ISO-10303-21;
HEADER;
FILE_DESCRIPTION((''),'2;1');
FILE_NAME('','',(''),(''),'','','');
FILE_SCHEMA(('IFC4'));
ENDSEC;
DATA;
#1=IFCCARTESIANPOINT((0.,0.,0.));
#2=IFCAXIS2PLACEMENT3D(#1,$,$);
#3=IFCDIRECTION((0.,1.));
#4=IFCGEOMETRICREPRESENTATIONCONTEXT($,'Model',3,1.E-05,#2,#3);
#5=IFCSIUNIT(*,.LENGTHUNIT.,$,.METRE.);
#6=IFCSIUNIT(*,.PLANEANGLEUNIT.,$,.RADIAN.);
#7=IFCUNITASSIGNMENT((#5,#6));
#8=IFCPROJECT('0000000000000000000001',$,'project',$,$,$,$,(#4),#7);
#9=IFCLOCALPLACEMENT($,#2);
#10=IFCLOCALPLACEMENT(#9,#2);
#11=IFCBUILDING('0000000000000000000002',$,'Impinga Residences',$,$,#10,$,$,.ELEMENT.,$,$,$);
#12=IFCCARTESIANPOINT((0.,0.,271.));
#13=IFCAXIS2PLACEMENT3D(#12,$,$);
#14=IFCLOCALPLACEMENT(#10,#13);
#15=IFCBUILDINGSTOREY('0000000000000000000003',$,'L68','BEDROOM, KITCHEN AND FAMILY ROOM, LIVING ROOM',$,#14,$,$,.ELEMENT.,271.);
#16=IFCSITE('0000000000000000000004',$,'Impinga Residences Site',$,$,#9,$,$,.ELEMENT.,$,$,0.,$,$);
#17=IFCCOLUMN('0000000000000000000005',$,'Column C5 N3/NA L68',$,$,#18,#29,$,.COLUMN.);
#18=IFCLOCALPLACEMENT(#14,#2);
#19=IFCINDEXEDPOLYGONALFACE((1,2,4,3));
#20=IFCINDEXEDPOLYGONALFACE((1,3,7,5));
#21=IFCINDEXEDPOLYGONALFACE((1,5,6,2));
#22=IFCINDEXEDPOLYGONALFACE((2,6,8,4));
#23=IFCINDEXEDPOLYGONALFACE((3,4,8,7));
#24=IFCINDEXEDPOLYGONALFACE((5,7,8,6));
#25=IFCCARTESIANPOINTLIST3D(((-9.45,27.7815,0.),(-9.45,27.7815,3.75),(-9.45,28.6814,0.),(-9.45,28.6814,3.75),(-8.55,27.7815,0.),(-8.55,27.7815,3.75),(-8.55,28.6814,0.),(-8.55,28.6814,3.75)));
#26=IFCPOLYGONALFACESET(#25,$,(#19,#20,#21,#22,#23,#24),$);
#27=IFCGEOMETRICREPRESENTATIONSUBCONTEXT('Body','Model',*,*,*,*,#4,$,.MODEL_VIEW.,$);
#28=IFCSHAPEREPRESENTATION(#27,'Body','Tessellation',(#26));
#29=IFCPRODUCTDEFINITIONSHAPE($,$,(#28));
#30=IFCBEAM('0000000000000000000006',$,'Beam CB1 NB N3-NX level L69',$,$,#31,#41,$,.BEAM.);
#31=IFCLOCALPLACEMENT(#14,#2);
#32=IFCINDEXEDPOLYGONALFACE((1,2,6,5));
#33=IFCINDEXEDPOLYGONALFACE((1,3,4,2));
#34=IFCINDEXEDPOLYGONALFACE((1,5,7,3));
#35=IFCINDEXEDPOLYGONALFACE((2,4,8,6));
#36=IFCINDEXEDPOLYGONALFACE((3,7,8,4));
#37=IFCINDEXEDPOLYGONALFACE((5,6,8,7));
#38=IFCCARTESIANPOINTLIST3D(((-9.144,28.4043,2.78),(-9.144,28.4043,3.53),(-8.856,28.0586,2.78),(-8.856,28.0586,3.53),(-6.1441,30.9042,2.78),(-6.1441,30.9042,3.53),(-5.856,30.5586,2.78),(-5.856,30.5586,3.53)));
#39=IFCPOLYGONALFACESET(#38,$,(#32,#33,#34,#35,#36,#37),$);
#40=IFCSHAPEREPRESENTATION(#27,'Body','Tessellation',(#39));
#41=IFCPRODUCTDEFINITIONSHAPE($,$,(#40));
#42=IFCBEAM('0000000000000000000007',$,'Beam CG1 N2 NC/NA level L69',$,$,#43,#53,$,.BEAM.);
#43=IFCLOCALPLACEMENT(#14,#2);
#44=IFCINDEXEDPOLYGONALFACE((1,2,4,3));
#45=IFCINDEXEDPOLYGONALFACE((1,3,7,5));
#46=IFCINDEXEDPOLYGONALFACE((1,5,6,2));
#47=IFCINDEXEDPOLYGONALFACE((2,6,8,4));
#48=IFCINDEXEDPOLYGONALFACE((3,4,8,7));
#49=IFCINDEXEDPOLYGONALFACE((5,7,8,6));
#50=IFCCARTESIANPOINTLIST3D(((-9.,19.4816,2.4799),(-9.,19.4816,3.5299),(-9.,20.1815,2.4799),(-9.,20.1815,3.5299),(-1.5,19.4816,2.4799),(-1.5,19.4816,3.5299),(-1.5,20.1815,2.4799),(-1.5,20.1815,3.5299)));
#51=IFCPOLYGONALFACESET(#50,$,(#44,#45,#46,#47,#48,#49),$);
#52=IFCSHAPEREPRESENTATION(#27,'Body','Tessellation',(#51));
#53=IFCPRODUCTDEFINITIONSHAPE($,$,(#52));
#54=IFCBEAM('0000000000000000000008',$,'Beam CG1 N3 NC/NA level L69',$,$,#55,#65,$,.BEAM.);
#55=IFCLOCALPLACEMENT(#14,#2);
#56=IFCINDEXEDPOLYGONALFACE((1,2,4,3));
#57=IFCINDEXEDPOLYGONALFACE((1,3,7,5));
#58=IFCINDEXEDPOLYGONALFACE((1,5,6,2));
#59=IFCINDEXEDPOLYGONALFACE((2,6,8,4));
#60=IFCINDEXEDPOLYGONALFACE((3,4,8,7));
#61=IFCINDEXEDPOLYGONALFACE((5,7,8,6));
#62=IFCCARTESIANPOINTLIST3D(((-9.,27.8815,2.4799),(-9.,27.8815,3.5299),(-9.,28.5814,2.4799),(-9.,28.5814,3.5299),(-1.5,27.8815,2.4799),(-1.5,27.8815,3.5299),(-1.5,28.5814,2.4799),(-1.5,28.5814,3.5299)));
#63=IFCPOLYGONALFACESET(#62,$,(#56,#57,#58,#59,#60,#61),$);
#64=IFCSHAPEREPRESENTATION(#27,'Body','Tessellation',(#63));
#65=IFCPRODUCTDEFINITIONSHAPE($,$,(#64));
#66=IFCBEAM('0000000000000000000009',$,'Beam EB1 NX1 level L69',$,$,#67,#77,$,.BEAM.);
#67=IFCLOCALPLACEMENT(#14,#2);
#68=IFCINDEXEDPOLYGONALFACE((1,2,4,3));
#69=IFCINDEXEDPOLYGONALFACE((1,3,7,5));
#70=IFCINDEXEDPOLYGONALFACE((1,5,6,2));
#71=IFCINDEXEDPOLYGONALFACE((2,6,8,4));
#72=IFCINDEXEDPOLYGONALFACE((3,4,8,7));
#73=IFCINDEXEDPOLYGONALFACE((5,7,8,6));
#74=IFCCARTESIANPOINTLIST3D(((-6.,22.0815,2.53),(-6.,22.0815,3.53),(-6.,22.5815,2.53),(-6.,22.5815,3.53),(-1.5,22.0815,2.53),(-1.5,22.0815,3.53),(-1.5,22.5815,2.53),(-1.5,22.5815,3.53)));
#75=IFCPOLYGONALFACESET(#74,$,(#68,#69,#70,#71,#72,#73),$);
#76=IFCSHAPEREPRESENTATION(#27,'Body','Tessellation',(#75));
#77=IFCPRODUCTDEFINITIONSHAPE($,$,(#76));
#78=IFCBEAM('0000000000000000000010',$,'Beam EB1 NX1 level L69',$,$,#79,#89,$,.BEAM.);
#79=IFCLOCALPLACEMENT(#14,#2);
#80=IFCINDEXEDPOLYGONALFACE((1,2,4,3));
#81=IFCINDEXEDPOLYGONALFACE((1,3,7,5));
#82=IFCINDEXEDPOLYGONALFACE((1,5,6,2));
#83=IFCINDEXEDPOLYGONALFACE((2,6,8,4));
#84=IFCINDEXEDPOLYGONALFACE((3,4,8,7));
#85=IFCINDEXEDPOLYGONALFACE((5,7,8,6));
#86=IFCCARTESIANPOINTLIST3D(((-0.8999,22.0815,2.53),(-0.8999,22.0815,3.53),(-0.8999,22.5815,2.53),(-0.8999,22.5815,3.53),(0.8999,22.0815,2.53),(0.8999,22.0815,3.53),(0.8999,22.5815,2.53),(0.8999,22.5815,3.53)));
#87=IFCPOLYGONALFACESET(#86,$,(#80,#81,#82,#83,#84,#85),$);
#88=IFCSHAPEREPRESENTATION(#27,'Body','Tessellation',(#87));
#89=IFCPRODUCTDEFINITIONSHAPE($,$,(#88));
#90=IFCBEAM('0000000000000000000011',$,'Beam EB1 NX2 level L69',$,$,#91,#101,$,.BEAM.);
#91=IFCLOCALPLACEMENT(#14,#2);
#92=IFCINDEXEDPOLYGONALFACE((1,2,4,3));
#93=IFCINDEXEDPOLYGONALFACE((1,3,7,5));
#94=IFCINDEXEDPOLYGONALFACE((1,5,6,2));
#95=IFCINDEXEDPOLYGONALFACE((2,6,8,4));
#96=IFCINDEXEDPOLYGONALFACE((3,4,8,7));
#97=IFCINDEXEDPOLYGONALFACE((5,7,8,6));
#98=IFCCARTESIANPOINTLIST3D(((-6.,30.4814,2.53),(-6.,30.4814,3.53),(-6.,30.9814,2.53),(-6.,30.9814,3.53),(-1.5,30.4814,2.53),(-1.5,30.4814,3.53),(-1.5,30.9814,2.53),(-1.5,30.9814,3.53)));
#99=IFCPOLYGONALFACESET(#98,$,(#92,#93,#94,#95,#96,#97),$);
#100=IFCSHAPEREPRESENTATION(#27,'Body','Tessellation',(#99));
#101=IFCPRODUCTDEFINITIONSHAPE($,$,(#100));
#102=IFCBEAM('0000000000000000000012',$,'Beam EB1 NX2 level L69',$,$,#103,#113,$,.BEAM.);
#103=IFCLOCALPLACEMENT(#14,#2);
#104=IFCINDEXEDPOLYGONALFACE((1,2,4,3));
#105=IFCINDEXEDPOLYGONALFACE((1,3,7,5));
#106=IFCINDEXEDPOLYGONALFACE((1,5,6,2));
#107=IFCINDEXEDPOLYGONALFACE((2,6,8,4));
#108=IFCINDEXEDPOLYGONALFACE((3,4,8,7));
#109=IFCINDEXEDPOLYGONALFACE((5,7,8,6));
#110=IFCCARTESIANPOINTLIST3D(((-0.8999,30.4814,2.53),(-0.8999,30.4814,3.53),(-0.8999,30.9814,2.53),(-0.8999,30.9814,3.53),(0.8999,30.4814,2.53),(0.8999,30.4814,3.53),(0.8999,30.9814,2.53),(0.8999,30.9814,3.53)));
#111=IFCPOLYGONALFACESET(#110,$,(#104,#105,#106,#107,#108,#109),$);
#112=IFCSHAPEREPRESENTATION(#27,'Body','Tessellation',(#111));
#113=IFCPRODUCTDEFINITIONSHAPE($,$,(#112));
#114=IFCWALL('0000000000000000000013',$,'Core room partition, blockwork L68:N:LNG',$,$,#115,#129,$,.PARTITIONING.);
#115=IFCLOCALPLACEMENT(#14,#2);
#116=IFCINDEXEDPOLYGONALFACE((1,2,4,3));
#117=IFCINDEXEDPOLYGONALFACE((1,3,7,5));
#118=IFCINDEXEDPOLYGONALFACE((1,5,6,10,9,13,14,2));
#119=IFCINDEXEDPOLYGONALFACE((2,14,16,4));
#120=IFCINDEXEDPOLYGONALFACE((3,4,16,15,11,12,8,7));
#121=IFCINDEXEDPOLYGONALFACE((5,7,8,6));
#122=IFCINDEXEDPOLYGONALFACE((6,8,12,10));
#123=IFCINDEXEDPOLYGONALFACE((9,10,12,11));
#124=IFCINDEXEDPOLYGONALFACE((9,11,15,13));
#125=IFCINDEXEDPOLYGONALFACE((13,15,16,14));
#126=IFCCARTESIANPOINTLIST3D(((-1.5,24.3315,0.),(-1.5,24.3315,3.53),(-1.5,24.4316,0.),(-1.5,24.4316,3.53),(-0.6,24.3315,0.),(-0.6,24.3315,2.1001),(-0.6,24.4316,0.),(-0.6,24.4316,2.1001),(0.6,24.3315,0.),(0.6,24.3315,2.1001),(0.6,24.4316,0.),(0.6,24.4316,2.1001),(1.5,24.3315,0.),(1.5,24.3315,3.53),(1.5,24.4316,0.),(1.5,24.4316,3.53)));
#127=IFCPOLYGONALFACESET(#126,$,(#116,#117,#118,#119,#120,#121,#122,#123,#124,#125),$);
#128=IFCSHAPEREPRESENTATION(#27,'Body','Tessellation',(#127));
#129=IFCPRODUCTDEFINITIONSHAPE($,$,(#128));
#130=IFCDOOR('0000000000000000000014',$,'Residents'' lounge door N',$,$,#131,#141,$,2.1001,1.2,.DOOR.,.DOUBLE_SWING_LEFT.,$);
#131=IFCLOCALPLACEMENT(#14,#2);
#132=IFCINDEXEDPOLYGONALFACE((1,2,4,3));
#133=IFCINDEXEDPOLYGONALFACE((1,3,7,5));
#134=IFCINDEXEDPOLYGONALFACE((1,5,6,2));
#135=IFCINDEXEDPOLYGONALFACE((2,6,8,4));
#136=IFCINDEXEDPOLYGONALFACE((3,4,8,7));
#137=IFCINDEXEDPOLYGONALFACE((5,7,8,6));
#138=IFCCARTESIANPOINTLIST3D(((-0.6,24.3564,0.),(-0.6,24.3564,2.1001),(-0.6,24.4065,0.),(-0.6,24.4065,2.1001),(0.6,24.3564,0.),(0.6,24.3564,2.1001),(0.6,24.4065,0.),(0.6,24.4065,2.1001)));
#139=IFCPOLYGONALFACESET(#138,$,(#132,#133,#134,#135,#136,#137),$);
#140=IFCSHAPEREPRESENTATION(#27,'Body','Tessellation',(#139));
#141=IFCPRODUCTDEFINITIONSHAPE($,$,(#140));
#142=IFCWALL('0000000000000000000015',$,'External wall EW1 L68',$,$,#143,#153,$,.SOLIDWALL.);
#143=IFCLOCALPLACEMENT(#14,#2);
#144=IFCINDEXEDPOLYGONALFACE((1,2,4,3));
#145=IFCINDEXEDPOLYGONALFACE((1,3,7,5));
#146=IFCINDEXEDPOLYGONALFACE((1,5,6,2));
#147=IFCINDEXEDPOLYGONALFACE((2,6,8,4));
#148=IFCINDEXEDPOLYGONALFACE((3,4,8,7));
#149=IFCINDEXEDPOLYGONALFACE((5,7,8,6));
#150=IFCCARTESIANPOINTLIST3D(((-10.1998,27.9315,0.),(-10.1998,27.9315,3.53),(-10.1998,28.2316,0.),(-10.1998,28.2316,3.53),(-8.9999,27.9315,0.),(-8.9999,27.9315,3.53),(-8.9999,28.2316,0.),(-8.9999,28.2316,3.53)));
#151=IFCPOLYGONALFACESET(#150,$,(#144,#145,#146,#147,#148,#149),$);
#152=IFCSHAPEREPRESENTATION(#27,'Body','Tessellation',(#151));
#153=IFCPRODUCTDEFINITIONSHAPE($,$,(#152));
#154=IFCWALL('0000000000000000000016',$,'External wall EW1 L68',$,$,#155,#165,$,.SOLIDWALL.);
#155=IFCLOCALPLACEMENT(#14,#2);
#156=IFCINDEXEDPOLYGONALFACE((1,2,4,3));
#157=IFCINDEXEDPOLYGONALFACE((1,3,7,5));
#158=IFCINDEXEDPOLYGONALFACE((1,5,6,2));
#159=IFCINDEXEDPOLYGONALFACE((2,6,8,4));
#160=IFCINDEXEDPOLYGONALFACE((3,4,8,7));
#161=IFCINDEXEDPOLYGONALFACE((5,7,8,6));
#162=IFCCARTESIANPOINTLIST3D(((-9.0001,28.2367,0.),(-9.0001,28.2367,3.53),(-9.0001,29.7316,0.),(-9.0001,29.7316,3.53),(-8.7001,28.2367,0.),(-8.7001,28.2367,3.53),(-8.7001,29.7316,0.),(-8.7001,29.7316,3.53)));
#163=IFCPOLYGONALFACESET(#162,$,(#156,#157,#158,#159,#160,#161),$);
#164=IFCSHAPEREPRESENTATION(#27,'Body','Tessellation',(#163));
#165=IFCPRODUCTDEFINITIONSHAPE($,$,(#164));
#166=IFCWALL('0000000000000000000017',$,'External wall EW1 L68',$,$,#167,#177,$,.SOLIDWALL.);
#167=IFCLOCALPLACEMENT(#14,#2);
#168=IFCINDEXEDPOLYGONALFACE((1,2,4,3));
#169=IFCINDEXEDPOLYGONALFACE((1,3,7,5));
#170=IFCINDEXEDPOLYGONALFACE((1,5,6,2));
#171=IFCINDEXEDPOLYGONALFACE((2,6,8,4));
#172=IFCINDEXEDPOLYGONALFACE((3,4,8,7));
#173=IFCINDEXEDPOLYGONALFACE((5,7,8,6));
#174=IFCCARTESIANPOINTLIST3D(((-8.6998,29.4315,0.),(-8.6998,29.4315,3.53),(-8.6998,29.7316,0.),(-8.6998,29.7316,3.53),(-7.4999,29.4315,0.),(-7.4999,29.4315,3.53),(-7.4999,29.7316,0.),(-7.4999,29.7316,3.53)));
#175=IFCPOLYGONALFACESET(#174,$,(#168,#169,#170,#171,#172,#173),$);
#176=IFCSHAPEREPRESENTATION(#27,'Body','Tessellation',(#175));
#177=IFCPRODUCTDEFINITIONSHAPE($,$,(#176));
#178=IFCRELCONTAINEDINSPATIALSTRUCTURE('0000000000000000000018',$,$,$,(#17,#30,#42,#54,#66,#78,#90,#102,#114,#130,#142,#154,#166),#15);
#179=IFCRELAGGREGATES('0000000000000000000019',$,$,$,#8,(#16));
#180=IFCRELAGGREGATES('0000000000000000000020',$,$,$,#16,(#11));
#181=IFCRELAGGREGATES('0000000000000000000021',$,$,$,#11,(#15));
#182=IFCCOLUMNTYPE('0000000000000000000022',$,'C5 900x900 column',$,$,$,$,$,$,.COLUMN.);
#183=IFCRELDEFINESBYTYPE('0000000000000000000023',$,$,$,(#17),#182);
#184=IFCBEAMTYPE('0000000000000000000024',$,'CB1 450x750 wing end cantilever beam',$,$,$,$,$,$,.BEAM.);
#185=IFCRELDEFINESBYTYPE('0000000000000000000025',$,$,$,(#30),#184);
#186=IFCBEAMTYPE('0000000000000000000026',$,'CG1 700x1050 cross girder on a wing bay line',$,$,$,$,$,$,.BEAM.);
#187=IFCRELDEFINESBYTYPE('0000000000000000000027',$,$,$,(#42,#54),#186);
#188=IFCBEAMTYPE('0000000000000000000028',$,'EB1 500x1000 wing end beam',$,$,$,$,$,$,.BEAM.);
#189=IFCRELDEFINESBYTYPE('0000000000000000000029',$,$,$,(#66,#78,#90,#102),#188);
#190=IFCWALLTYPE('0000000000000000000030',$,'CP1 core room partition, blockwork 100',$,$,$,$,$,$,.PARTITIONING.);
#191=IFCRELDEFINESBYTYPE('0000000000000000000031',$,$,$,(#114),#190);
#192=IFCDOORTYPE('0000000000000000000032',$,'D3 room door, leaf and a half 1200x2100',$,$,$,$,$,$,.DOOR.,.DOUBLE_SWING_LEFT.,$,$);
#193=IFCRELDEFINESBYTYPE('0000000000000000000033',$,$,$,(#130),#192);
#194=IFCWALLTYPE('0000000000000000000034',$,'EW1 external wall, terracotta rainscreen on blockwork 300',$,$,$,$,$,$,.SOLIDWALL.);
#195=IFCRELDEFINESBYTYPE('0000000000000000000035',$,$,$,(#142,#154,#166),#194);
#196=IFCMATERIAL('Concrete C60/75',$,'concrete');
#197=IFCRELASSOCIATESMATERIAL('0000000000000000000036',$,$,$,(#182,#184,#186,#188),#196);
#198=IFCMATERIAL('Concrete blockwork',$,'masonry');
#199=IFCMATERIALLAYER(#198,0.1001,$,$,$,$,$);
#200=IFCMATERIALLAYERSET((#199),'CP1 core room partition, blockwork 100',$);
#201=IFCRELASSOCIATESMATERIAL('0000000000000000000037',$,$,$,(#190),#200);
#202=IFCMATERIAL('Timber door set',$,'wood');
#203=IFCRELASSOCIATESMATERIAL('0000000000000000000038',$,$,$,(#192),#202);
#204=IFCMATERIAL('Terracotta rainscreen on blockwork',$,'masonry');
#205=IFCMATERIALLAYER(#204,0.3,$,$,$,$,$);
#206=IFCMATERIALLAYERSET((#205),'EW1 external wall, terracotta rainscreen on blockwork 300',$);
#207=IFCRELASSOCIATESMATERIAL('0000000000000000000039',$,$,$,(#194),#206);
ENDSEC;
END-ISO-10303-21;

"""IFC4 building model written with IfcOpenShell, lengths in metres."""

from ifc_helpers import new_model, si_unit, direction, frame, frame_2d, origin, origin_2d, place, context, subcontext, project, spatial, rectangle, extrude, material, layer, layer_set, material_profile, profile_set, type_object, element, fill, save


model = new_model("IFC4")

# Units and contexts
model_context = context("Model", 3, precision=1e-05, world=origin(), true_north=direction((0.0, 1.0)))
body_context = subcontext(model_context, "Body", "Model", "MODEL_VIEW")
ifc_project = project(units=[si_unit("LENGTHUNIT", "METRE"), si_unit("PLANEANGLEUNIT", "RADIAN")], contexts=[model_context])

# Site, building, storey
site_placement = place(None, origin())
site = spatial("IfcSite", under=ifc_project, at=site_placement, Name="Impinga Residences Site", CompositionType="ELEMENT", RefElevation=0.0)
building_placement = place(site_placement, origin())
building = spatial("IfcBuilding", under=site, at=building_placement, Name="Impinga Residences", CompositionType="ELEMENT")
storey_placement = place(building_placement, frame((0.0, 0.0, 271.0)))
storey = spatial("IfcBuildingStorey", under=building, at=storey_placement, Name="L68", Description="BEDROOM, KITCHEN AND FAMILY ROOM, LIVING ROOM", CompositionType="ELEMENT", Elevation=271.0)

# Column
ifc_material_1 = material(Name="Concrete C60/75", Category="concrete")
ifc_material_profile_1 = material_profile(ifc_material_1, rectangle(XDim=0.8999, YDim=0.8999, at=origin_2d()), Name="RC 900x900")
ifc_profile_set_1 = profile_set([ifc_material_profile_1], Name="Concrete C60/75")
column_type = type_object("IfcColumnType", Name="C5 900x900 column", PredefinedType="COLUMN", material=ifc_profile_set_1)
column_placement = place(storey_placement, frame((-9.0, 28.2314, 0.0), z_axis=(0.0, 0.0, 1.0), x_axis=(1.0, 0.0, 0.0)))
element("IfcColumn", 1, at=column_placement, inside=storey, type_object=column_type, Name="Column C5 N3/NA L68", PredefinedType="COLUMN", context=body_context, shape_type="SweptSolid", body=[
    extrude(rectangle(XDim=0.8999, YDim=0.8999, at=origin_2d()), origin(), (0.0, 0.0, 1.0), 3.75),
])

# Beams
ifc_material_profile_2 = material_profile(ifc_material_1, rectangle(XDim=0.45, YDim=0.75, at=origin_2d()), Name="RC 450x750")
ifc_profile_set_2 = profile_set([ifc_material_profile_2], Name="Concrete C60/75")
beam_type_1 = type_object("IfcBeamType", Name="CB1 450x750 wing end cantilever beam", PredefinedType="BEAM", material=ifc_profile_set_2)
beam_1_placement = place(storey_placement, frame((-9.0, 28.2314, 3.155), z_axis=(0.768221, 0.640184, 0.0), x_axis=(-0.640184, 0.768221, 0.0)))
element("IfcBeam", 2, at=beam_1_placement, inside=storey, type_object=beam_type_1, Name="Beam CB1 NB N3-NX level L69", PredefinedType="BEAM", context=body_context, shape_type="SweptSolid", body=[
    extrude(rectangle(XDim=0.45, YDim=0.75, at=origin_2d()), origin(), (0.0, 0.0, 1.0), 3.905),
])
ifc_material_profile_3 = material_profile(ifc_material_1, rectangle(XDim=0.7, YDim=1.05, at=origin_2d()), Name="RC 700x1050")
ifc_profile_set_3 = profile_set([ifc_material_profile_3], Name="Concrete C60/75")
beam_type_2 = type_object("IfcBeamType", Name="CG1 700x1050 cross girder on a wing bay line", PredefinedType="BEAM", material=ifc_profile_set_3)
for number, where, z_axis, x_axis, name in (
    (3, (-1.5, 19.8315, 3.0049), (-1.0, 0.0, 0.0), (0.0, -1.0, 0.0), "Beam CG1 N2 NC/NA level L69"),
    (4, (-1.5, 28.2314, 3.0049), (-1.0, 0.0, 0.0), (0.0, -1.0, 0.0), "Beam CG1 N3 NC/NA level L69"),
):
    element("IfcBeam", number, at=place(storey_placement, frame(where, z_axis=z_axis, x_axis=x_axis)), inside=storey, type_object=beam_type_2, Name=name, PredefinedType="BEAM", context=body_context, shape_type="SweptSolid", body=[
        extrude(rectangle(XDim=0.7, YDim=1.05, at=origin_2d()), origin(), (0.0, 0.0, 1.0), 7.5),
    ])
ifc_material_profile_4 = material_profile(ifc_material_1, rectangle(XDim=0.5, YDim=1.0, at=origin_2d()), Name="RC 500x1000")
ifc_profile_set_4 = profile_set([ifc_material_profile_4], Name="Concrete C60/75")
beam_type_3 = type_object("IfcBeamType", Name="EB1 500x1000 wing end beam", PredefinedType="BEAM", material=ifc_profile_set_4)
beam_2_placement = place(storey_placement, frame((-6.0, 22.3315, 3.03), z_axis=(1.0, 0.0, 0.0), x_axis=(0.0, 1.0, 0.0)))
element("IfcBeam", 5, at=beam_2_placement, inside=storey, type_object=beam_type_3, Name="Beam EB1 NX1 level L69", PredefinedType="BEAM", context=body_context, shape_type="SweptSolid", body=[
    extrude(rectangle(XDim=0.5, YDim=1.0, at=origin_2d()), origin(), (0.0, 0.0, 1.0), 4.5),
])
beam_3_placement = place(storey_placement, frame((-0.8999, 22.3315, 3.03), z_axis=(1.0, 0.0, 0.0), x_axis=(0.0, 1.0, 0.0)))
element("IfcBeam", 6, at=beam_3_placement, inside=storey, type_object=beam_type_3, Name="Beam EB1 NX1 level L69", PredefinedType="BEAM", context=body_context, shape_type="SweptSolid", body=[
    extrude(rectangle(XDim=0.5, YDim=1.0, at=origin_2d()), origin(), (0.0, 0.0, 1.0), 1.7998),
])
beam_4_placement = place(storey_placement, frame((-6.0, 30.7314, 3.03), z_axis=(1.0, 0.0, 0.0), x_axis=(0.0, 1.0, 0.0)))
element("IfcBeam", 7, at=beam_4_placement, inside=storey, type_object=beam_type_3, Name="Beam EB1 NX2 level L69", PredefinedType="BEAM", context=body_context, shape_type="SweptSolid", body=[
    extrude(rectangle(XDim=0.5, YDim=1.0, at=origin_2d()), origin(), (0.0, 0.0, 1.0), 4.5),
])
beam_5_placement = place(storey_placement, frame((-0.8999, 30.7314, 3.03), z_axis=(1.0, 0.0, 0.0), x_axis=(0.0, 1.0, 0.0)))
element("IfcBeam", 8, at=beam_5_placement, inside=storey, type_object=beam_type_3, Name="Beam EB1 NX2 level L69", PredefinedType="BEAM", context=body_context, shape_type="SweptSolid", body=[
    extrude(rectangle(XDim=0.5, YDim=1.0, at=origin_2d()), origin(), (0.0, 0.0, 1.0), 1.7998),
])

# Wall, opening, door
ifc_material_2 = material(Name="Concrete blockwork", Category="masonry")
ifc_layer_1 = layer(ifc_material_2, 0.1001)
ifc_layer_set_1 = layer_set([ifc_layer_1], Name="CP1 core room partition, blockwork 100")
wall_type_1 = type_object("IfcWallType", Name="CP1 core room partition, blockwork 100", PredefinedType="PARTITIONING", material=ifc_layer_set_1)
wall_1_placement = place(storey_placement, frame((-1.5, 24.3816, 0.0), z_axis=(0.0, 0.0, 1.0), x_axis=(1.0, 0.0, 0.0)))
wall_1 = element("IfcWall", 9, at=wall_1_placement, inside=storey, type_object=wall_type_1, Name="Core room partition, blockwork L68:N:LNG", PredefinedType="PARTITIONING", context=body_context, shape_type="SweptSolid", body=[
    extrude(rectangle(XDim=3.0, YDim=0.1001, at=frame_2d((1.5, 0.0))), origin(), (0.0, 0.0, 1.0), 3.53),
])
opening_1_placement = place(wall_1_placement, frame((0.8999, 0.0, 0.0)))
opening_1 = element("IfcOpeningElement", 10, at=opening_1_placement, cuts=wall_1, PredefinedType="OPENING", context=body_context, shape_type="SweptSolid", body=[
    extrude(rectangle(XDim=1.2, YDim=2.1001, at=frame_2d((0.6001, 1.05))), frame((0.0, 0.0601, 0.0), z_axis=(0.0, -1.0, 0.0), x_axis=(1.0, 0.0, 0.0)), (0.0, 0.0, 1.0), 0.1201),
])
ifc_material_3 = material(Name="Timber door set", Category="wood")
door_type_1 = type_object("IfcDoorType", Name="D3 room door, leaf and a half 1200x2100", OperationType="DOUBLE_SWING_LEFT", PredefinedType="DOOR", material=ifc_material_3)
door_1_placement = place(opening_1_placement, origin())
door_1 = element("IfcDoor", 11, at=door_1_placement, inside=storey, type_object=door_type_1, Name="Residents' lounge door N", OperationType="DOUBLE_SWING_LEFT", OverallHeight=2.1001, OverallWidth=1.2, PredefinedType="DOOR", context=body_context, shape_type="SweptSolid", body=[
    extrude(rectangle(XDim=1.2, YDim=2.1001, at=frame_2d((0.6001, 1.05))), frame((0.0, 0.0249, 0.0), z_axis=(0.0, -1.0, 0.0), x_axis=(1.0, 0.0, 0.0)), (0.0, 0.0, 1.0), 0.05),
])
fill(opening_1, door_1)

# Walls
ifc_material_4 = material(Name="Terracotta rainscreen on blockwork", Category="masonry")
ifc_layer_2 = layer(ifc_material_4, 0.3)
ifc_layer_set_2 = layer_set([ifc_layer_2], Name="EW1 external wall, terracotta rainscreen on blockwork 300")
wall_type_2 = type_object("IfcWallType", Name="EW1 external wall, terracotta rainscreen on blockwork 300", PredefinedType="SOLIDWALL", material=ifc_layer_set_2)
wall_2_placement = place(storey_placement, frame((-10.2, 28.0815, 0.0), z_axis=(0.0, 0.0, 1.0), x_axis=(1.0, 0.0, 0.0)))
element("IfcWall", 12, at=wall_2_placement, inside=storey, type_object=wall_type_2, Name="External wall EW1 L68", PredefinedType="SOLIDWALL", context=body_context, shape_type="SweptSolid", body=[
    extrude(rectangle(XDim=1.2, YDim=0.3, at=frame_2d((0.6001, 0.0))), origin(), (0.0, 0.0, 1.0), 3.53),
])
wall_3_placement = place(storey_placement, frame((-8.8501, 28.2366, 0.0), z_axis=(0.0, 0.0, 1.0), x_axis=(0.0, 1.0, 0.0)))
element("IfcWall", 13, at=wall_3_placement, inside=storey, type_object=wall_type_2, Name="External wall EW1 L68", PredefinedType="SOLIDWALL", context=body_context, shape_type="SweptSolid", body=[
    extrude(rectangle(XDim=1.4949, YDim=0.3, at=frame_2d((0.7476, 0.0))), origin(), (0.0, 0.0, 1.0), 3.53),
])
wall_4_placement = place(storey_placement, frame((-8.7, 29.5815, 0.0), z_axis=(0.0, 0.0, 1.0), x_axis=(1.0, 0.0, 0.0)))
element("IfcWall", 14, at=wall_4_placement, inside=storey, type_object=wall_type_2, Name="External wall EW1 L68", PredefinedType="SOLIDWALL", context=body_context, shape_type="SweptSolid", body=[
    extrude(rectangle(XDim=1.2, YDim=0.3, at=frame_2d((0.6001, 0.0))), origin(), (0.0, 0.0, 1.0), 3.53),
])

save(model, "model.ifc")
